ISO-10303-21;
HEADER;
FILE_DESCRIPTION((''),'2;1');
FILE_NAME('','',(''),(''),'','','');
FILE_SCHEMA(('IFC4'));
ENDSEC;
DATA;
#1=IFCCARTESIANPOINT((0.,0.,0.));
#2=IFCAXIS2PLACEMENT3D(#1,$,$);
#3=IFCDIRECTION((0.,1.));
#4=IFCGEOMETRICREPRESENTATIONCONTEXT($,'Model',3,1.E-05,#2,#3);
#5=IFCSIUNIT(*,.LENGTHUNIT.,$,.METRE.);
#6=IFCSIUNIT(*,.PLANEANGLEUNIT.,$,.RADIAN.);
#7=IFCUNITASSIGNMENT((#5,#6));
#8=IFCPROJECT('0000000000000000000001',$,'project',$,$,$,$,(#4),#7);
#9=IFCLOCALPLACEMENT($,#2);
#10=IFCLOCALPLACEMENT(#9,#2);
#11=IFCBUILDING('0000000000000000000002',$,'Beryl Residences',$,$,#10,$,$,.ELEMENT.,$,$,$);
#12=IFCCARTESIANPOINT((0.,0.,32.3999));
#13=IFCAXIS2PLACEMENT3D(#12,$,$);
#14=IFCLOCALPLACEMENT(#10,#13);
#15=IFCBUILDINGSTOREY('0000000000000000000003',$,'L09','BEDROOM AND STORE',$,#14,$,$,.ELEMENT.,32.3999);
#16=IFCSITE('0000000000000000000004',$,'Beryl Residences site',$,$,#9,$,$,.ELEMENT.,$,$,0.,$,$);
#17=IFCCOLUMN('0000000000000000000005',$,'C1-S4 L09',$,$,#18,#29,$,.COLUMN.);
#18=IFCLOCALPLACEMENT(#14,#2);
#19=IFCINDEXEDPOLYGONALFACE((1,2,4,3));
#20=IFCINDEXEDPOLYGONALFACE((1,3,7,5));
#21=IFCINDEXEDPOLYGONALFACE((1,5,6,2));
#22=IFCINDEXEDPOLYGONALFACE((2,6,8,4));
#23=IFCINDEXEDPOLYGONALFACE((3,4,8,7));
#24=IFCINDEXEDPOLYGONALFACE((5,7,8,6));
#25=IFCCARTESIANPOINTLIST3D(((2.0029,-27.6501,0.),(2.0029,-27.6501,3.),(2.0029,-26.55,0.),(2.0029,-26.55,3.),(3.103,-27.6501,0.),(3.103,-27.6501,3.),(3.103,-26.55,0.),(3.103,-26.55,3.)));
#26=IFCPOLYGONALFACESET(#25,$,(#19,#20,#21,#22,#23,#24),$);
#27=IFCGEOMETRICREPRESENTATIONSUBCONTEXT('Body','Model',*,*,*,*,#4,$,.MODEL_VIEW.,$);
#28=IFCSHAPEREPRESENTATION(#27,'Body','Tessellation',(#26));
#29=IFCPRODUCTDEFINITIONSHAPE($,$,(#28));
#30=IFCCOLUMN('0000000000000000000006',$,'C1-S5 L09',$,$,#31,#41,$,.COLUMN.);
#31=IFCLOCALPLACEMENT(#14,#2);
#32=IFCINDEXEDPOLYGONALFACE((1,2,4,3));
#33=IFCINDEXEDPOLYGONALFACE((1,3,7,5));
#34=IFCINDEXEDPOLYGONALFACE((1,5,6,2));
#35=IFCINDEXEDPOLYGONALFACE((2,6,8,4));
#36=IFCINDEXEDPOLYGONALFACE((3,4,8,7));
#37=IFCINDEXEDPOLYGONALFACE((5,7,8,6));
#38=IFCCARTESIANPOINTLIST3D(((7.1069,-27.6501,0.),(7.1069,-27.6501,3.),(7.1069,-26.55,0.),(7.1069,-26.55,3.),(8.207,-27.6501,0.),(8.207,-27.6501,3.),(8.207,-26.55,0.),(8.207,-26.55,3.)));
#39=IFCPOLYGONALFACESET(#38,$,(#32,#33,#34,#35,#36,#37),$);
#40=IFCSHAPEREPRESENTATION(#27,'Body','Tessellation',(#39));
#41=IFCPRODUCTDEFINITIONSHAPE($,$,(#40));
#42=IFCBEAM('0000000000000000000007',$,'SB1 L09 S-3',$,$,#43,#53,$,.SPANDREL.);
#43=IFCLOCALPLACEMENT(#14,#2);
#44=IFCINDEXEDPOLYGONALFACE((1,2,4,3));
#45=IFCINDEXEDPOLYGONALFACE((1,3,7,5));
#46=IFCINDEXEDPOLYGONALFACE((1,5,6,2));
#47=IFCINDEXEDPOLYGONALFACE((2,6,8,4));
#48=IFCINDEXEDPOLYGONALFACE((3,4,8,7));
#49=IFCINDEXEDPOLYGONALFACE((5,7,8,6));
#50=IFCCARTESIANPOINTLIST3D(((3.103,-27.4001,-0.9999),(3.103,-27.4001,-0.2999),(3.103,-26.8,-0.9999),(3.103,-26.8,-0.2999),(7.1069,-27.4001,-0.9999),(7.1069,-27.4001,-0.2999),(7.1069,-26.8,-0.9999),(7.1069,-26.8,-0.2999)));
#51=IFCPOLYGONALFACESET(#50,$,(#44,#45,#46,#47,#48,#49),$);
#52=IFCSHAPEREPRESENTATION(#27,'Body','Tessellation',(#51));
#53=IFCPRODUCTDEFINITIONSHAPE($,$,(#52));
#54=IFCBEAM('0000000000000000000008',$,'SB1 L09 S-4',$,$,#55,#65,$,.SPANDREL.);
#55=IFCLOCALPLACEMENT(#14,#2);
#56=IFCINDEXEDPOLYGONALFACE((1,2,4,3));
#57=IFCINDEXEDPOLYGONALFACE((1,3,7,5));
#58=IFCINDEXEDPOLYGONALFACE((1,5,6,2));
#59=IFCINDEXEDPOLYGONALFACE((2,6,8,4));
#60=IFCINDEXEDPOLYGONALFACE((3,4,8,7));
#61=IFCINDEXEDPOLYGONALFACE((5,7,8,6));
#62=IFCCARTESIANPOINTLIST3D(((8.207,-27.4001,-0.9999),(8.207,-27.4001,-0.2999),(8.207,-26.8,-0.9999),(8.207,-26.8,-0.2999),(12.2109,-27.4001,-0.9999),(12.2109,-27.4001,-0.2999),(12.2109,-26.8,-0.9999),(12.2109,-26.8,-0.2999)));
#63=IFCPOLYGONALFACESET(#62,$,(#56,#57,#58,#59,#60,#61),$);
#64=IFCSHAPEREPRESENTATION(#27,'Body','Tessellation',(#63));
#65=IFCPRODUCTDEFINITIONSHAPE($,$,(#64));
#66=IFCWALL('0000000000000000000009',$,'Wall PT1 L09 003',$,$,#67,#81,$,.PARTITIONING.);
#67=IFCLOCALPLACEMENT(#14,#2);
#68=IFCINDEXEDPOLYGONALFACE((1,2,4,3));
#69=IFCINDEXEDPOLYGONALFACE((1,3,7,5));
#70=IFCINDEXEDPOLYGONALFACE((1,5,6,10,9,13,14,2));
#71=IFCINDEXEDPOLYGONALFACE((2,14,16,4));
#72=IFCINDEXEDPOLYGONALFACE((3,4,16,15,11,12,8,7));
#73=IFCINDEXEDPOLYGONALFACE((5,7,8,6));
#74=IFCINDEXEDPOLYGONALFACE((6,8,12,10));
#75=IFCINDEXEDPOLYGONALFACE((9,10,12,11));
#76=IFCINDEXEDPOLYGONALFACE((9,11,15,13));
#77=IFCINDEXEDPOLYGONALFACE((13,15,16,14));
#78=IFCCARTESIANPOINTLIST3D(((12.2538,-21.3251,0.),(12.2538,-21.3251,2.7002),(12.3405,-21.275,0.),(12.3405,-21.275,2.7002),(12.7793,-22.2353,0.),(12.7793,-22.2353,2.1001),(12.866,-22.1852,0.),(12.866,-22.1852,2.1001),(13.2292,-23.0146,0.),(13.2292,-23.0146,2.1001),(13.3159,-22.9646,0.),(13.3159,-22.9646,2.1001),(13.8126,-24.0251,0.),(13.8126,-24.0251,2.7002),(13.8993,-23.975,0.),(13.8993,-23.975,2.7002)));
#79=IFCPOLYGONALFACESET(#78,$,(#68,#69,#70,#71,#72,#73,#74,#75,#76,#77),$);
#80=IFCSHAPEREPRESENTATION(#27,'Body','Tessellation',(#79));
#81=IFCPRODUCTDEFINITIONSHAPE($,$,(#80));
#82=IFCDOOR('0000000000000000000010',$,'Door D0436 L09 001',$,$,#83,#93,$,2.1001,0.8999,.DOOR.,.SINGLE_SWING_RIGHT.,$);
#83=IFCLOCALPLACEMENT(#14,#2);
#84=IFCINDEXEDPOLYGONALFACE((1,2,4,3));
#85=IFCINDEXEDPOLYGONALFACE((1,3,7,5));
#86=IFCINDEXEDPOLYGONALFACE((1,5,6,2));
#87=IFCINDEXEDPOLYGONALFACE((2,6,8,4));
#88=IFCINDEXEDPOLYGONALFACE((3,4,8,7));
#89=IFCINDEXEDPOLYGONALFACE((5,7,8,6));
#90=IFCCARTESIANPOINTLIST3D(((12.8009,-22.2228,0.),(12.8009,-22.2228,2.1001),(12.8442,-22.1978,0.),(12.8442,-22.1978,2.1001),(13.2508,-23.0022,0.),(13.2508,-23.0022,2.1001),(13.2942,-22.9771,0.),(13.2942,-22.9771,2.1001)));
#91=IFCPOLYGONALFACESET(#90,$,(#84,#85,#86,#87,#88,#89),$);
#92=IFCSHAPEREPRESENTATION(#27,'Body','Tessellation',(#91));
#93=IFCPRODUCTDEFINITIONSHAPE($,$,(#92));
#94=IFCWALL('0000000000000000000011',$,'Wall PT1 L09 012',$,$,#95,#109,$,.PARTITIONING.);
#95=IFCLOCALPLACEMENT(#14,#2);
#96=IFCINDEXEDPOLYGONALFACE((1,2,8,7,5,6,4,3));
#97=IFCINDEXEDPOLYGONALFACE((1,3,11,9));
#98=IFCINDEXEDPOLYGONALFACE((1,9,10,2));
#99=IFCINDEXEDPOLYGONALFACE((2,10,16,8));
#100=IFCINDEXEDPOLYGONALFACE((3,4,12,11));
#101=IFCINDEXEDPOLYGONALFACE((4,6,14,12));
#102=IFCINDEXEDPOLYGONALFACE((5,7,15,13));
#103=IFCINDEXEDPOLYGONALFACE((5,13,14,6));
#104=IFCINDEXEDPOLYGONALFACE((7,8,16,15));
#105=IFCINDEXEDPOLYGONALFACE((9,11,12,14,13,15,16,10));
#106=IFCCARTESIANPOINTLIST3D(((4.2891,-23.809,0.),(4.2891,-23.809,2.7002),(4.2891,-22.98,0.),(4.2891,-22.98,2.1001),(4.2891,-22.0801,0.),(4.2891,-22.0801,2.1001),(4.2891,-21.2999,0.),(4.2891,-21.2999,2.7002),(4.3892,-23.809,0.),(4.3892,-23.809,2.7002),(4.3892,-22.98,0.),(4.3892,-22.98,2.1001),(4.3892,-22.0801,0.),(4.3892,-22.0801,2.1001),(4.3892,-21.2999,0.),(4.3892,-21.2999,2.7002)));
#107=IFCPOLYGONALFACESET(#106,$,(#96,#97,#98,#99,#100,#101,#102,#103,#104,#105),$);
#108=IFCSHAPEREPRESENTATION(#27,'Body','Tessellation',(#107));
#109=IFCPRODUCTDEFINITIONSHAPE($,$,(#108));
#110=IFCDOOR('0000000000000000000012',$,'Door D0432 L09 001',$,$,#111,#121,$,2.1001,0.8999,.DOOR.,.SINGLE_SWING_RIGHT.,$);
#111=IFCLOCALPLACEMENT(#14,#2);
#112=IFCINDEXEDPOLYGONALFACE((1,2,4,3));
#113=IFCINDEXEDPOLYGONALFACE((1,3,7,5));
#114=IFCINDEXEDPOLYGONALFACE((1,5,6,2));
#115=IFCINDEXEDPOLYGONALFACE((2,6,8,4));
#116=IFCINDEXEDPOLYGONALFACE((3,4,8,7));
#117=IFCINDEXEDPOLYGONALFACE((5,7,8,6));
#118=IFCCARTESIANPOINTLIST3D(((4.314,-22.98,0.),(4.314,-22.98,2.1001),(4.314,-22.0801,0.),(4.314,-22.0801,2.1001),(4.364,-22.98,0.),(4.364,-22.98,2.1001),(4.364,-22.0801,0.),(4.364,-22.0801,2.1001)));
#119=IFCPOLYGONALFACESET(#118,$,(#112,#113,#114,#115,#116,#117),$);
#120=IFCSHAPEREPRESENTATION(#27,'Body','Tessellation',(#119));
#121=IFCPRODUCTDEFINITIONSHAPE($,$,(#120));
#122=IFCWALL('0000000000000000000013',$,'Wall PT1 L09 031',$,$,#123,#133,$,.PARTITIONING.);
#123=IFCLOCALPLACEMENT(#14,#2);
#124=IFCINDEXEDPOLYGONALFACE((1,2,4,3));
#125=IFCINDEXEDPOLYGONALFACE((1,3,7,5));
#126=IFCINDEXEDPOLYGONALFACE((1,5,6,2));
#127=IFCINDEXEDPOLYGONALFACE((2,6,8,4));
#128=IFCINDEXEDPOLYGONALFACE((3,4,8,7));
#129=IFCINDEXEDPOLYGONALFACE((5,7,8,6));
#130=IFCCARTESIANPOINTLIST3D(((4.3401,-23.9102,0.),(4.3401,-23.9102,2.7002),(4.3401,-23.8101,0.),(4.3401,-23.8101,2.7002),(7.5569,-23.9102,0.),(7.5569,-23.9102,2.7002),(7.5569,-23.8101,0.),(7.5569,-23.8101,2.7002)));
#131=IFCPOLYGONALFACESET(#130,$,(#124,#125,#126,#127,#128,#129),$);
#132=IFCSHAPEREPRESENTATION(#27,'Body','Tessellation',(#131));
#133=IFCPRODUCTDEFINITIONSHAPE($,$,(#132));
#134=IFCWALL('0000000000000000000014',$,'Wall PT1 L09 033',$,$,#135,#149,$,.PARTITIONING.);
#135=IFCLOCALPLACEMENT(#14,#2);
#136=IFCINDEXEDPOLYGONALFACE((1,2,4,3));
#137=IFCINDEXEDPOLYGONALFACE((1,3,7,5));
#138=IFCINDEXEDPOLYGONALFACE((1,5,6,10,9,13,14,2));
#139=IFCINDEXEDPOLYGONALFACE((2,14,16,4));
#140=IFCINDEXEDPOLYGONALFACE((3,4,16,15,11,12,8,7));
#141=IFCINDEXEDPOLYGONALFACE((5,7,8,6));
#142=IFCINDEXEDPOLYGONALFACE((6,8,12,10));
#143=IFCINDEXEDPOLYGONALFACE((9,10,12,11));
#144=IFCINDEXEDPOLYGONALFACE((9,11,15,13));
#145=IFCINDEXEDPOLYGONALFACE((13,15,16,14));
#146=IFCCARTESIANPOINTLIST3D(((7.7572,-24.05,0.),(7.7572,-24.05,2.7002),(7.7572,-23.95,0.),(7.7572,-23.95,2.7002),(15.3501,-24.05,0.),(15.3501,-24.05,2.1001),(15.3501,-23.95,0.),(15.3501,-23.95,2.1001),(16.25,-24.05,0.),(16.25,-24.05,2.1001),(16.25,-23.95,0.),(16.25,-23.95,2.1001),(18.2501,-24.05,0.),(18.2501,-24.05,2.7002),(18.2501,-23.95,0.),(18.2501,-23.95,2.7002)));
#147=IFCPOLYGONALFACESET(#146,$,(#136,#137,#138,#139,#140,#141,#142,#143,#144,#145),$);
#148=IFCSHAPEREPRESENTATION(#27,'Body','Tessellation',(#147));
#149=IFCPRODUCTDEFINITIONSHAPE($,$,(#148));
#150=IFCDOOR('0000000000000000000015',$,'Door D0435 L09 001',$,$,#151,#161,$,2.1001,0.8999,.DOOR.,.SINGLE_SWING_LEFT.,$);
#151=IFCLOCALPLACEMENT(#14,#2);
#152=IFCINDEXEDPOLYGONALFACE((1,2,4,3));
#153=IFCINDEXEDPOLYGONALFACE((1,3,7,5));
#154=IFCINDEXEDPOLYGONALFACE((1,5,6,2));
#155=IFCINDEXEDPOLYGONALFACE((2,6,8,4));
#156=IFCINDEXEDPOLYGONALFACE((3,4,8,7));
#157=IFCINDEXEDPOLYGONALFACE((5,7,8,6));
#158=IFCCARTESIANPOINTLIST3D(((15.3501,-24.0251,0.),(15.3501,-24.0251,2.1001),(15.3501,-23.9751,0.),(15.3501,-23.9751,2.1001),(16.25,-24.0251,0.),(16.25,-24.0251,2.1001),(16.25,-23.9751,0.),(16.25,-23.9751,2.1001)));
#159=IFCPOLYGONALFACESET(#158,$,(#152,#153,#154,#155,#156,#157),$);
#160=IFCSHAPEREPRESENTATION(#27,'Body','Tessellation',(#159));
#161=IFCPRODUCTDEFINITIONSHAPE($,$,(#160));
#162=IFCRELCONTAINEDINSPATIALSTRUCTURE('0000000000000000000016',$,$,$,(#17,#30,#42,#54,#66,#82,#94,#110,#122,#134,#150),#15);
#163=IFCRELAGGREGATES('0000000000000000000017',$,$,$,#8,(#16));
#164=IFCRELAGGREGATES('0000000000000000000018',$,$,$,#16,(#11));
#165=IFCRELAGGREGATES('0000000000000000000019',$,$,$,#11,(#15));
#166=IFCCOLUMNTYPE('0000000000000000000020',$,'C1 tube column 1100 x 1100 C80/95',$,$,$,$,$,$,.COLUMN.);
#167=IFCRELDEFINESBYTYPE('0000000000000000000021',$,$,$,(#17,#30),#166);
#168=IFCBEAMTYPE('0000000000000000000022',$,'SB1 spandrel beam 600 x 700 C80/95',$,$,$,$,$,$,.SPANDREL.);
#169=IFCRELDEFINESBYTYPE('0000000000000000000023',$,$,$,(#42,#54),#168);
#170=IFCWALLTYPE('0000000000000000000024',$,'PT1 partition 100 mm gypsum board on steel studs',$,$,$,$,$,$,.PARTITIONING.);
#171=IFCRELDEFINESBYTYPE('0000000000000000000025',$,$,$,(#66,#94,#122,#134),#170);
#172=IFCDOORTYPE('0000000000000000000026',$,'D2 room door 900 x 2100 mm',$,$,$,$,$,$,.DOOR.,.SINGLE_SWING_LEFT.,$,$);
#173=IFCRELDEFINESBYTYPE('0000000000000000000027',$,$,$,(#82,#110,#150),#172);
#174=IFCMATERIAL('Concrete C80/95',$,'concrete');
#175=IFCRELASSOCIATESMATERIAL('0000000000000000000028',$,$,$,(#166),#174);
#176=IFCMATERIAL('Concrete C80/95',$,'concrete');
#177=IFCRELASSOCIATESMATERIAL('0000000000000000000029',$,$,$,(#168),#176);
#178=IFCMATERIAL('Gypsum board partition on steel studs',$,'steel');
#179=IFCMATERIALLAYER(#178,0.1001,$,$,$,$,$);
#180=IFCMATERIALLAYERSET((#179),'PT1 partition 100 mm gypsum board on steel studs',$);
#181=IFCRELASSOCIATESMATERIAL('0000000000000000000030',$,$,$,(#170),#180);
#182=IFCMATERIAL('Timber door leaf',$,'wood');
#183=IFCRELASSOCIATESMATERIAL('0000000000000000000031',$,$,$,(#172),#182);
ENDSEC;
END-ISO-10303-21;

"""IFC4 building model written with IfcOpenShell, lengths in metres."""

from ifc_helpers import new_model, si_unit, direction, frame, frame_2d, origin, origin_2d, place, context, subcontext, project, spatial, rectangle, extrude, material, layer, layer_set, material_profile, profile_set, type_object, element, fill, save


model = new_model("IFC4")

# Units and contexts
model_context = context("Model", 3, precision=1e-05, world=origin(), true_north=direction((0.0, 1.0)))
body_context = subcontext(model_context, "Body", "Model", "MODEL_VIEW")
ifc_project = project(units=[si_unit("LENGTHUNIT", "METRE"), si_unit("PLANEANGLEUNIT", "RADIAN")], contexts=[model_context])

# Site, building, storey
site_placement = place(None, origin())
site = spatial("IfcSite", under=ifc_project, at=site_placement, Name="Beryl Residences site", CompositionType="ELEMENT", RefElevation=0.0)
building_placement = place(site_placement, origin())
building = spatial("IfcBuilding", under=site, at=building_placement, Name="Beryl Residences", CompositionType="ELEMENT")
storey_placement = place(building_placement, frame((0.0, 0.0, 32.3999)))
storey = spatial("IfcBuildingStorey", under=building, at=storey_placement, Name="L09", Description="BEDROOM AND STORE", CompositionType="ELEMENT", Elevation=32.3999)

# Columns
ifc_material_1 = material(Name="Concrete C80/95", Category="concrete")
ifc_material_profile_1 = material_profile(ifc_material_1, rectangle(XDim=1.1001, YDim=1.1001, at=origin_2d()))
ifc_profile_set_1 = profile_set([ifc_material_profile_1], Name="Concrete C80/95")
column_type = type_object("IfcColumnType", Name="C1 tube column 1100 x 1100 C80/95", PredefinedType="COLUMN", material=ifc_profile_set_1)
for number, where, z_axis, x_axis, name in (
    (1, (2.553, -27.1001, 0.0), (0.0, 0.0, 1.0), (1.0, 0.0, 0.0), "C1-S4 L09"),
    (2, (7.657, -27.1001, 0.0), (0.0, 0.0, 1.0), (1.0, 0.0, 0.0), "C1-S5 L09"),
):
    element("IfcColumn", number, at=place(storey_placement, frame(where, z_axis=z_axis, x_axis=x_axis)), inside=storey, type_object=column_type, Name=name, PredefinedType="COLUMN", context=body_context, shape_type="SweptSolid", body=[
        extrude(rectangle(XDim=1.1001, YDim=1.1001, at=origin_2d()), origin(), (0.0, 0.0, 1.0), 3.0),
    ])

# Beams
ifc_material_2 = material(Name="Concrete C80/95", Category="concrete")
ifc_material_profile_2 = material_profile(ifc_material_2, rectangle(XDim=0.6001, YDim=0.7, at=origin_2d()))
ifc_profile_set_2 = profile_set([ifc_material_profile_2], Name="Concrete C80/95")
beam_type = type_object("IfcBeamType", Name="SB1 spandrel beam 600 x 700 C80/95", PredefinedType="SPANDREL", material=ifc_profile_set_2)
for number, where, z_axis, x_axis, name in (
    (3, (3.103, -27.1001, -0.6499), (1.0, 0.0, 0.0), (0.0, 1.0, 0.0), "SB1 L09 S-3"),
    (4, (8.207, -27.1001, -0.6499), (1.0, 0.0, 0.0), (0.0, 1.0, 0.0), "SB1 L09 S-4"),
):
    element("IfcBeam", number, at=place(storey_placement, frame(where, z_axis=z_axis, x_axis=x_axis)), inside=storey, type_object=beam_type, Name=name, PredefinedType="SPANDREL", context=body_context, shape_type="SweptSolid", body=[
        extrude(rectangle(XDim=0.6001, YDim=0.7, at=origin_2d()), origin(), (0.0, 0.0, 1.0), 4.0039),
    ])

# Walls, openings, doors
ifc_material_3 = material(Name="Gypsum board partition on steel studs", Category="steel")
ifc_layer_1 = layer(ifc_material_3, 0.1001)
ifc_layer_set_1 = layer_set([ifc_layer_1], Name="PT1 partition 100 mm gypsum board on steel studs")
wall_type_1 = type_object("IfcWallType", Name="PT1 partition 100 mm gypsum board on steel studs", PredefinedType="PARTITIONING", material=ifc_layer_set_1)
wall_1_placement = place(storey_placement, frame((12.2971, -21.3, 0.0), z_axis=(0.0, 0.0, 1.0), x_axis=(0.500005, -0.866023, 0.0)))
wall_1 = element("IfcWall", 5, at=wall_1_placement, inside=storey, type_object=wall_type_1, Name="Wall PT1 L09 003", PredefinedType="PARTITIONING", context=body_context, shape_type="SweptSolid", body=[
    extrude(rectangle(XDim=3.1177, YDim=0.1001, at=frame_2d((1.5588, 0.0))), origin(), (0.0, 0.0, 1.0), 2.7002),
])
opening_1_placement = place(wall_1_placement, frame((1.051, 0.0, 0.0)))
opening_1 = element("IfcOpeningElement", 6, at=opening_1_placement, cuts=wall_1, PredefinedType="OPENING", context=body_context, shape_type="SweptSolid", body=[
    extrude(rectangle(XDim=0.8999, YDim=2.1001, at=frame_2d((0.45, 1.05))), frame((0.0, 0.0601, 0.0), z_axis=(0.0, -1.0, 0.0), x_axis=(1.0, 0.0, 0.0)), (0.0, 0.0, 1.0), 0.1201),
])
ifc_material_4 = material(Name="Timber door leaf", Category="wood")
door_type_1 = type_object("IfcDoorType", Name="D2 room door 900 x 2100 mm", OperationType="SINGLE_SWING_LEFT", PredefinedType="DOOR", material=ifc_material_4)
door_1_placement = place(opening_1_placement, origin())
door_1 = element("IfcDoor", 7, at=door_1_placement, inside=storey, type_object=door_type_1, Name="Door D0436 L09 001", OperationType="SINGLE_SWING_RIGHT", OverallHeight=2.1001, OverallWidth=0.8999, PredefinedType="DOOR", context=body_context, shape_type="SweptSolid", body=[
    extrude(rectangle(XDim=0.8999, YDim=2.1001, at=frame_2d((0.45, 1.05))), frame((0.0, 0.0249, 0.0), z_axis=(0.0, -1.0, 0.0), x_axis=(1.0, 0.0, 0.0)), (0.0, 0.0, 1.0), 0.05),
])
fill(opening_1, door_1)
wall_2_placement = place(storey_placement, frame((4.3391, -21.3, 0.0), z_axis=(0.0, 0.0, 1.0), x_axis=(0.0, -1.0, 0.0)))
wall_2 = element("IfcWall", 8, at=wall_2_placement, inside=storey, type_object=wall_type_1, Name="Wall PT1 L09 012", PredefinedType="PARTITIONING", context=body_context, shape_type="SweptSolid", body=[
    extrude(rectangle(XDim=2.509, YDim=0.1001, at=frame_2d((1.2544, 0.0))), origin(), (0.0, 0.0, 1.0), 2.7002),
])
opening_2_placement = place(wall_2_placement, frame((0.78, 0.0, 0.0)))
opening_2 = element("IfcOpeningElement", 9, at=opening_2_placement, cuts=wall_2, PredefinedType="OPENING", context=body_context, shape_type="SweptSolid", body=[
    extrude(rectangle(XDim=0.8999, YDim=2.1001, at=frame_2d((0.45, 1.05))), frame((0.0, 0.0601, 0.0), z_axis=(0.0, -1.0, 0.0), x_axis=(1.0, 0.0, 0.0)), (0.0, 0.0, 1.0), 0.1201),
])
door_2_placement = place(opening_2_placement, origin())
door_2 = element("IfcDoor", 10, at=door_2_placement, inside=storey, type_object=door_type_1, Name="Door D0432 L09 001", OperationType="SINGLE_SWING_RIGHT", OverallHeight=2.1001, OverallWidth=0.8999, PredefinedType="DOOR", context=body_context, shape_type="SweptSolid", body=[
    extrude(rectangle(XDim=0.8999, YDim=2.1001, at=frame_2d((0.45, 1.05))), frame((0.0, 0.0249, 0.0), z_axis=(0.0, -1.0, 0.0), x_axis=(1.0, 0.0, 0.0)), (0.0, 0.0, 1.0), 0.05),
])
fill(opening_2, door_2)

# Wall
wall_3_placement = place(storey_placement, frame((4.3401, -23.8601, 0.0), z_axis=(0.0, 0.0, 1.0), x_axis=(1.0, 0.0, 0.0)))
element("IfcWall", 11, at=wall_3_placement, inside=storey, type_object=wall_type_1, Name="Wall PT1 L09 031", PredefinedType="PARTITIONING", context=body_context, shape_type="SweptSolid", body=[
    extrude(rectangle(XDim=3.2168, YDim=0.1001, at=frame_2d((1.6084, 0.0))), origin(), (0.0, 0.0, 1.0), 2.7002),
])

# Wall, opening, door
wall_4_placement = place(storey_placement, frame((7.7571, -24.0, 0.0), z_axis=(0.0, 0.0, 1.0), x_axis=(1.0, 0.0, 0.0)))
wall_4 = element("IfcWall", 12, at=wall_4_placement, inside=storey, type_object=wall_type_1, Name="Wall PT1 L09 033", PredefinedType="PARTITIONING", context=body_context, shape_type="SweptSolid", body=[
    extrude(rectangle(XDim=10.4929, YDim=0.1001, at=frame_2d((5.2466, 0.0))), origin(), (0.0, 0.0, 1.0), 2.7002),
])
opening_3_placement = place(wall_4_placement, frame((7.593, 0.0, 0.0)))
opening_3 = element("IfcOpeningElement", 13, at=opening_3_placement, cuts=wall_4, PredefinedType="OPENING", context=body_context, shape_type="SweptSolid", body=[
    extrude(rectangle(XDim=0.8999, YDim=2.1001, at=frame_2d((0.45, 1.05))), frame((0.0, 0.0601, 0.0), z_axis=(0.0, -1.0, 0.0), x_axis=(1.0, 0.0, 0.0)), (0.0, 0.0, 1.0), 0.1201),
])
door_3_placement = place(opening_3_placement, origin())
door_3 = element("IfcDoor", 14, at=door_3_placement, inside=storey, type_object=door_type_1, Name="Door D0435 L09 001", OperationType="SINGLE_SWING_LEFT", OverallHeight=2.1001, OverallWidth=0.8999, PredefinedType="DOOR", context=body_context, shape_type="SweptSolid", body=[
    extrude(rectangle(XDim=0.8999, YDim=2.1001, at=frame_2d((0.45, 1.05))), frame((0.0, 0.0249, 0.0), z_axis=(0.0, -1.0, 0.0), x_axis=(1.0, 0.0, 0.0)), (0.0, 0.0, 1.0), 0.05),
])
fill(opening_3, door_3)

save(model, "model.ifc")
